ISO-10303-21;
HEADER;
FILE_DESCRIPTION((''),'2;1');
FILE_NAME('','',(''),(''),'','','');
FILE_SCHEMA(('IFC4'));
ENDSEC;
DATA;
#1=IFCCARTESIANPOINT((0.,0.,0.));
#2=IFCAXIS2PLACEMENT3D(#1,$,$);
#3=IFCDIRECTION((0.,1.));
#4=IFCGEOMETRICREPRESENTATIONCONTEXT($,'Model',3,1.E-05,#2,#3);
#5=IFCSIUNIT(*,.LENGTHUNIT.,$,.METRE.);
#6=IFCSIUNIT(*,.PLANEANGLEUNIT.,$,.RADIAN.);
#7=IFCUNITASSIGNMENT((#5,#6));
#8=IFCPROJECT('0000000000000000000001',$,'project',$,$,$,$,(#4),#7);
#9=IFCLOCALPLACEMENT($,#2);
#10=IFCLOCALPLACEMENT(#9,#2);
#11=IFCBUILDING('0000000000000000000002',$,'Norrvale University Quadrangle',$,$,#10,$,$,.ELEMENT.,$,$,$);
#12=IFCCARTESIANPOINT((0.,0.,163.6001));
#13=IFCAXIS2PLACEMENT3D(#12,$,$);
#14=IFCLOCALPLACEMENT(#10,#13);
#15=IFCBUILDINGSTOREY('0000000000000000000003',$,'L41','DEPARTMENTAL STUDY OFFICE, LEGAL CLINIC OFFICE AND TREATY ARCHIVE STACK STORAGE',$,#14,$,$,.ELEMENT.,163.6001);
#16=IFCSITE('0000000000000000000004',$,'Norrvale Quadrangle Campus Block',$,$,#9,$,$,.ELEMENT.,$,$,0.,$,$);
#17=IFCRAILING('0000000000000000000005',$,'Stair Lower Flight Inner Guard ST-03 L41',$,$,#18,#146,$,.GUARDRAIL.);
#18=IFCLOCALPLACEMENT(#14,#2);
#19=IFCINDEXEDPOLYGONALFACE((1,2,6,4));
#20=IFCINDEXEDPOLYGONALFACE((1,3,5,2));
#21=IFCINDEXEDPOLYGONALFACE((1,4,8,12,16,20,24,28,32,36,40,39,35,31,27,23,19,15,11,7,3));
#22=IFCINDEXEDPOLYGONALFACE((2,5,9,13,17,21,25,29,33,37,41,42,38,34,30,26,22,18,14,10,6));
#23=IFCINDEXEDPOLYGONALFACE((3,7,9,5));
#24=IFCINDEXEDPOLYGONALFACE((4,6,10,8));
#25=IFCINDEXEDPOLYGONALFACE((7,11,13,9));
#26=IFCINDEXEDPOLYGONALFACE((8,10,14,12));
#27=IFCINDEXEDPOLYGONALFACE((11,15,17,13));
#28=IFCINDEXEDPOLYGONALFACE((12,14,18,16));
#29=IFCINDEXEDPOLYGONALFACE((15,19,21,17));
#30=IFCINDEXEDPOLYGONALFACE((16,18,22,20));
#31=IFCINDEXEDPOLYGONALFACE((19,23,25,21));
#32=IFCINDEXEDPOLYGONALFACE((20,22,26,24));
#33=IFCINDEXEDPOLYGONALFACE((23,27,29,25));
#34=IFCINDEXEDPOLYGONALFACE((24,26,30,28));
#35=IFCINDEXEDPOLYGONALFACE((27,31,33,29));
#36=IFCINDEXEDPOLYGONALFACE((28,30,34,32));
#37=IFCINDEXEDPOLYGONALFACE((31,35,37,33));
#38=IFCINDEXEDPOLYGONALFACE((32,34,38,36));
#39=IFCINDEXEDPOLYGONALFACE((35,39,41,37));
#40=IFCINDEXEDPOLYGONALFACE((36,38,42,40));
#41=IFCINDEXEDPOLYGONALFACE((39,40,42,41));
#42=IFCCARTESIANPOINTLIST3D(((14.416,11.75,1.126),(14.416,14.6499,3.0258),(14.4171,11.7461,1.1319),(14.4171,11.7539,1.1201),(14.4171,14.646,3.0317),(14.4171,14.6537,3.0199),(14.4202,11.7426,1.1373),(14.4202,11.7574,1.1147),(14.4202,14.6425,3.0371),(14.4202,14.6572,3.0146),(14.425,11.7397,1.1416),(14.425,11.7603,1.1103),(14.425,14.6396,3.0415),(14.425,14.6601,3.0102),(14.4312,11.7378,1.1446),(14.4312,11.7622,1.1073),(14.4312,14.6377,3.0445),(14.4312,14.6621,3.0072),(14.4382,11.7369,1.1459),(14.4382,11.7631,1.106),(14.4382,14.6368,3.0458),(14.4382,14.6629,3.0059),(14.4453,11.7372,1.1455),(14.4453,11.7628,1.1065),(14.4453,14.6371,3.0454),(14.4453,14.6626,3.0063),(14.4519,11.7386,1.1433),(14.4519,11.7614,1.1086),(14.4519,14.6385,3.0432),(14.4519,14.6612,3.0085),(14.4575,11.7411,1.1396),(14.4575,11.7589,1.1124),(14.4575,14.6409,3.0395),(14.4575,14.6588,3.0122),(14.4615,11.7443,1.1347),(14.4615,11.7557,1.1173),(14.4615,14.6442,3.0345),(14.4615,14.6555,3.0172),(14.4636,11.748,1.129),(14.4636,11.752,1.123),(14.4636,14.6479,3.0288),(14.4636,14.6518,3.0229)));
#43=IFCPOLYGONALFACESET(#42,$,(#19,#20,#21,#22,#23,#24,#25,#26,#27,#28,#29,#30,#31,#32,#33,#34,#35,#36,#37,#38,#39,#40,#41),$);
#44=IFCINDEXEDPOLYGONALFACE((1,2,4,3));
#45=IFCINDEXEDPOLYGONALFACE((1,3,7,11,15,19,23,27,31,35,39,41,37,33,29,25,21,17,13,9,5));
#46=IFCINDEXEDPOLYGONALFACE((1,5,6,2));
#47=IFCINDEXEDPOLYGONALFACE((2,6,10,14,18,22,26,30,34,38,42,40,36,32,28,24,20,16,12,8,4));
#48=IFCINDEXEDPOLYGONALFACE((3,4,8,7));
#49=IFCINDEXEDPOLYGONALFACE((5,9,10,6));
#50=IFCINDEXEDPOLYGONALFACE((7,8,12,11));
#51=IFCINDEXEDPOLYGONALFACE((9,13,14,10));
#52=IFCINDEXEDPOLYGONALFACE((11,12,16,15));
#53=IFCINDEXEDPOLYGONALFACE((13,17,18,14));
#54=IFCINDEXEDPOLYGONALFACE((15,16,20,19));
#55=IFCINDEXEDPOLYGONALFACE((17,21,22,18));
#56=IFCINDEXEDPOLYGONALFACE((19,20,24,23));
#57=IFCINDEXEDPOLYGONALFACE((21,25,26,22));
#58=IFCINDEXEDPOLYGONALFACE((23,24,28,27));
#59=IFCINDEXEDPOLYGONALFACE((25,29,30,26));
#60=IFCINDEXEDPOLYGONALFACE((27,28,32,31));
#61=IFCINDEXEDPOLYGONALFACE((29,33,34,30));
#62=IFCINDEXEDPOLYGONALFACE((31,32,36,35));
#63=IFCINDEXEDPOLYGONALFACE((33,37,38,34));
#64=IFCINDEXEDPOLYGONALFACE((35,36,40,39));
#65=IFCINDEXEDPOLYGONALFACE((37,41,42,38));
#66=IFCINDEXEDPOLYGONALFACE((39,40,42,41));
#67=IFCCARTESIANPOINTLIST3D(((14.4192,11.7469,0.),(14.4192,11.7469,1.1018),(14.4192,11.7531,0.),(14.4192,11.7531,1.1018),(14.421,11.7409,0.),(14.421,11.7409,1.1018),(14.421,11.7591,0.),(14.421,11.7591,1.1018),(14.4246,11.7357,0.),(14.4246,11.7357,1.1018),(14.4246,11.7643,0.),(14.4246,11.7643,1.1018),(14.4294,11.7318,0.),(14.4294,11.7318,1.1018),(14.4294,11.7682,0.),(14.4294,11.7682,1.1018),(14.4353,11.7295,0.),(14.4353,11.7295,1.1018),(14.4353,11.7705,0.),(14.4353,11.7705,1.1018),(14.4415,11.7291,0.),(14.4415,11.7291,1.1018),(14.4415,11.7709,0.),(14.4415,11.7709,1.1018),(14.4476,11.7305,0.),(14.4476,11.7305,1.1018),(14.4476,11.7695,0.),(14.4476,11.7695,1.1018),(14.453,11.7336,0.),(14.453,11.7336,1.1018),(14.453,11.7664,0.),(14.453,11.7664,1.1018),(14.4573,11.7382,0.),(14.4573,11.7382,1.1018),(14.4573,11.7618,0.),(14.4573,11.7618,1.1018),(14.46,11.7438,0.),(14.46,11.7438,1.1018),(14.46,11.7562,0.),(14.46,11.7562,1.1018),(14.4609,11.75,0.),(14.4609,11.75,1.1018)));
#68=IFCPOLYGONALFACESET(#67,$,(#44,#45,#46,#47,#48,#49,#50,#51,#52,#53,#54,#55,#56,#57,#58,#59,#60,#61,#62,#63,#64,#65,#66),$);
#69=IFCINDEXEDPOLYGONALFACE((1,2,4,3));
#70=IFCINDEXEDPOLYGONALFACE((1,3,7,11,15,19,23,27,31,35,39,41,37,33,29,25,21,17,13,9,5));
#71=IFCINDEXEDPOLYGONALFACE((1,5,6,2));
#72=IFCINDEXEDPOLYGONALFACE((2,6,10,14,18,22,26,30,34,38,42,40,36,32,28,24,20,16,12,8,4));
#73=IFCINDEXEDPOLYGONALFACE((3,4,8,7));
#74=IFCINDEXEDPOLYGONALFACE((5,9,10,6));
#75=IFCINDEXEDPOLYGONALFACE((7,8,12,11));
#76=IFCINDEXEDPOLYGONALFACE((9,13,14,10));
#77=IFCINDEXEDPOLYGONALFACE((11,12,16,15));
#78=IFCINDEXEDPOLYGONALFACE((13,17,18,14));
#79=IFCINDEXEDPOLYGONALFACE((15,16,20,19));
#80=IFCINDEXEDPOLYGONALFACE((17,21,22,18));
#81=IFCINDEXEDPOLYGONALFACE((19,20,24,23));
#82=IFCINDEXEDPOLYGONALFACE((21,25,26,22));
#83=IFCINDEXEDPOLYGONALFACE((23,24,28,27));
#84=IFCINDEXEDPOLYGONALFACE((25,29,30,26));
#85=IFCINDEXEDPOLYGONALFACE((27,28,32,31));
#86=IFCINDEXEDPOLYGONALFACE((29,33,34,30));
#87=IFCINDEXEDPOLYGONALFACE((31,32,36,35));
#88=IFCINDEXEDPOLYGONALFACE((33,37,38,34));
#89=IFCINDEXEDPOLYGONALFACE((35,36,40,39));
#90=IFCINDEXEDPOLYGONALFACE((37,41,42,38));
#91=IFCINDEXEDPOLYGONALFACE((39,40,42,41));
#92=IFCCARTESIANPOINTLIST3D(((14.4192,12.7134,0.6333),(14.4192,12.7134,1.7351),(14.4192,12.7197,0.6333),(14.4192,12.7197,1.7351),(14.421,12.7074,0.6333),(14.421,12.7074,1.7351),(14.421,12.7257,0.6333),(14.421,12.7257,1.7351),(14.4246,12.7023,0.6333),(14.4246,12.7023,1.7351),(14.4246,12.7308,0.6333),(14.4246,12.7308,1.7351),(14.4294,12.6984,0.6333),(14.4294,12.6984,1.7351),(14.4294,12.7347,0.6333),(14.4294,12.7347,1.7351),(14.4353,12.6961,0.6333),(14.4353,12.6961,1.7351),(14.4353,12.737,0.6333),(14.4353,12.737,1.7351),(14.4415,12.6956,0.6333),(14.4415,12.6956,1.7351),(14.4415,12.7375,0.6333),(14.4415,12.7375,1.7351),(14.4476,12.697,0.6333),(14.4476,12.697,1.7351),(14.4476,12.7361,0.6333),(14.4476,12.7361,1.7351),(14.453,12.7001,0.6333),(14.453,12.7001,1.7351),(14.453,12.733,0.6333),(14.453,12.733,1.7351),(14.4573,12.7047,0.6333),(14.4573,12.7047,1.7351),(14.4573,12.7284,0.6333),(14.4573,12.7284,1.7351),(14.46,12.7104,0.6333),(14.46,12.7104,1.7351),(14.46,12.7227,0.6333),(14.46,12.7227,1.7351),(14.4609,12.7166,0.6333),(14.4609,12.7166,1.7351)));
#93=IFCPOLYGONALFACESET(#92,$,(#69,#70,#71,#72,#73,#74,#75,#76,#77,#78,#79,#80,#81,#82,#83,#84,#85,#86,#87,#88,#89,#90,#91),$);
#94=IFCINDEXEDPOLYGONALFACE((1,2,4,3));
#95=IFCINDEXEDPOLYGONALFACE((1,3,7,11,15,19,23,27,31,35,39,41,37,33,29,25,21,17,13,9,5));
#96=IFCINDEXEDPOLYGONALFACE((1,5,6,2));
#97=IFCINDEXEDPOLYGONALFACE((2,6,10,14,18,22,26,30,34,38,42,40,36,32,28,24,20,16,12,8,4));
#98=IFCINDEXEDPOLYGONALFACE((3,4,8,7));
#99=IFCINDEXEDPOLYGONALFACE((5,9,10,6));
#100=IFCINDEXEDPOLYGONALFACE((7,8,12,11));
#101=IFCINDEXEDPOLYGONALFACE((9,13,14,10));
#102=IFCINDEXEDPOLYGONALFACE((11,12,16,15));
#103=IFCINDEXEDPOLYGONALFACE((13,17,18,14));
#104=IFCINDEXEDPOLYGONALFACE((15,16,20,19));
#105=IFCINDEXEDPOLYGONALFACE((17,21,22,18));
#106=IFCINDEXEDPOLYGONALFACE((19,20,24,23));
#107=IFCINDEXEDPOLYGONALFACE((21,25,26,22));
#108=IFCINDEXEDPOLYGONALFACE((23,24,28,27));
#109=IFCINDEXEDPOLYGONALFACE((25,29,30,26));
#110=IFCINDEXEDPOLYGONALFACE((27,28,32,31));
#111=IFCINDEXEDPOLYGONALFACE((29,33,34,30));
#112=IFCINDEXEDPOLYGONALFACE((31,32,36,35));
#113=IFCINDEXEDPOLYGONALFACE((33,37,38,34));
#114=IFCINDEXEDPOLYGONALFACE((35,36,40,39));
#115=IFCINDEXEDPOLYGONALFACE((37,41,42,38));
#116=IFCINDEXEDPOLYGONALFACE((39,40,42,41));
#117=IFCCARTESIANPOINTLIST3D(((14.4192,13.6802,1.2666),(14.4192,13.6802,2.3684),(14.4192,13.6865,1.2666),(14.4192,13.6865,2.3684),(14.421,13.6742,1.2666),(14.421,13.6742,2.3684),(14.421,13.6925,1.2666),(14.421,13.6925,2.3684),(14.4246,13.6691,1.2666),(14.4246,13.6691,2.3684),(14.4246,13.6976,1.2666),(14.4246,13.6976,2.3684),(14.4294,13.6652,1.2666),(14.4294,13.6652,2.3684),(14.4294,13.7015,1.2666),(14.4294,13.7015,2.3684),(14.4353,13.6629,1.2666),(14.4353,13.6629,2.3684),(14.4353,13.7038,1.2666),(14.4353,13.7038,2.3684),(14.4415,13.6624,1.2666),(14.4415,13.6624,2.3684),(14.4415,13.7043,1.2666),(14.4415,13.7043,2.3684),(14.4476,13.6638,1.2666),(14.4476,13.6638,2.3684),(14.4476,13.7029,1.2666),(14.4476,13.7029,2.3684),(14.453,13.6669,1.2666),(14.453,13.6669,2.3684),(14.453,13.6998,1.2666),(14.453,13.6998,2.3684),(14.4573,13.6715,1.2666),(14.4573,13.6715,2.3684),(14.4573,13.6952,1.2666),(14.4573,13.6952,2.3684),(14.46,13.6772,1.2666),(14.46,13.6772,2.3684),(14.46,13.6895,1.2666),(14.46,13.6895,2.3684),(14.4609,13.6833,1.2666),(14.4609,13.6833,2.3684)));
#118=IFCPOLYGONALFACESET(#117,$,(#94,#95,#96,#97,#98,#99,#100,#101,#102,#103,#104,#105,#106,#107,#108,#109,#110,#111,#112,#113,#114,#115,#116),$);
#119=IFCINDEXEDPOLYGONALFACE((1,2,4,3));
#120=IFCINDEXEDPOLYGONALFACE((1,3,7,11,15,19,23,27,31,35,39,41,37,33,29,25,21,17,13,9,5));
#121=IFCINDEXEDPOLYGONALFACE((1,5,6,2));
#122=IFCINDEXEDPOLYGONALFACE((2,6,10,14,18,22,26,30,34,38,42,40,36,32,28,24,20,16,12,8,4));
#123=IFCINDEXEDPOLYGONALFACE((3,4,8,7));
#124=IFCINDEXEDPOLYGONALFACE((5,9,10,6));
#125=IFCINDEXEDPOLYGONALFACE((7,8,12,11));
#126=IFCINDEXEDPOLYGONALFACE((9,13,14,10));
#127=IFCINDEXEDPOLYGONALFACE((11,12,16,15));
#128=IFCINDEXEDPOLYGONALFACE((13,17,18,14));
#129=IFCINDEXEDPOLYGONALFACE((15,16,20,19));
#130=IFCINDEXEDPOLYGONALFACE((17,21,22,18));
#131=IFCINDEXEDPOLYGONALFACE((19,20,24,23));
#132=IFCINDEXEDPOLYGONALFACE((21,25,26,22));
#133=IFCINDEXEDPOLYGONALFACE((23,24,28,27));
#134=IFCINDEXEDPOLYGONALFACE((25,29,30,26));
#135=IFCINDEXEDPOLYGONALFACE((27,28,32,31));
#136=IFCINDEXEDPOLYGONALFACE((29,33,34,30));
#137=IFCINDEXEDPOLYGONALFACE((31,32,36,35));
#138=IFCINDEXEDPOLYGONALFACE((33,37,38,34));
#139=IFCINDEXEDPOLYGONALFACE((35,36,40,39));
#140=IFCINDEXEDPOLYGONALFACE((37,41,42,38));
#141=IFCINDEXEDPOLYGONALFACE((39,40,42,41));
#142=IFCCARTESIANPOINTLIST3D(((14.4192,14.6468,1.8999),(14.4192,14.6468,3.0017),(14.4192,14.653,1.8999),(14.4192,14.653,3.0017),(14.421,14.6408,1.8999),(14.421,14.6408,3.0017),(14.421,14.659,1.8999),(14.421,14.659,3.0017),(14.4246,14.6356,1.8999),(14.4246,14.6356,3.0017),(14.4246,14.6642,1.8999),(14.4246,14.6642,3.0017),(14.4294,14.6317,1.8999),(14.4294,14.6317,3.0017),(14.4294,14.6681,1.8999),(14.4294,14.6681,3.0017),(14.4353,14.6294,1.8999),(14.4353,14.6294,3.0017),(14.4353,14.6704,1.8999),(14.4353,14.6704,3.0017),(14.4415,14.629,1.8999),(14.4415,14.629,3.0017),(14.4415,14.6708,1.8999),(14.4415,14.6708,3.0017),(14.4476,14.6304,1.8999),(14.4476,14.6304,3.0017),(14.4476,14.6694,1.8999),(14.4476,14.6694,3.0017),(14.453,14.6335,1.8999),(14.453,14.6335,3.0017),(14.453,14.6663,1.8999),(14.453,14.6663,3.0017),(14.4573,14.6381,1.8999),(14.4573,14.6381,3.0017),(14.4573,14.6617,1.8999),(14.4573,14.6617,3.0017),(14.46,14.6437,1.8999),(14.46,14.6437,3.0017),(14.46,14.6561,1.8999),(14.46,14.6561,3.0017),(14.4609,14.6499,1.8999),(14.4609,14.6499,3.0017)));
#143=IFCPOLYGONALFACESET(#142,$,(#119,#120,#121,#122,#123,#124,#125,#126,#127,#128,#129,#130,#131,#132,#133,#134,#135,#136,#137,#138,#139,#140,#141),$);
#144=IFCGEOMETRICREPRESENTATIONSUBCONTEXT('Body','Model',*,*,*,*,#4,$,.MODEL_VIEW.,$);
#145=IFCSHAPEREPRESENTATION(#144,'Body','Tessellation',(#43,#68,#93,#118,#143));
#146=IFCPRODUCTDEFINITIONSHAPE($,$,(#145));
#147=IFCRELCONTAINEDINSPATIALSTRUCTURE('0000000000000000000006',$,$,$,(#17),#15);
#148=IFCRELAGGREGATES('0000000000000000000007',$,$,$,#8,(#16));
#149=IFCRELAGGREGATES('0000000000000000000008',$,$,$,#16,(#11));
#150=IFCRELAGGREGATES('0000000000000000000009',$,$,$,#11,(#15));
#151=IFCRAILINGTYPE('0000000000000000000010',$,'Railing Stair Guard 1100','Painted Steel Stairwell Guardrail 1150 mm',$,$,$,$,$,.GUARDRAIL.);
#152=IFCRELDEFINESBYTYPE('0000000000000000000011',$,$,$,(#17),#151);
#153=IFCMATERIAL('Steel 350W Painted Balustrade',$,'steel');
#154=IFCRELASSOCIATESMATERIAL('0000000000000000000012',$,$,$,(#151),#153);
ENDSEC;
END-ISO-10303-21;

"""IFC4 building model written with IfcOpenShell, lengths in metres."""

from ifc_helpers import new_model, si_unit, direction, frame, origin, origin_2d, place, context, subcontext, project, spatial, circle, extrude, material, type_object, element, save


model = new_model("IFC4")

# Units and contexts
model_context = context("Model", 3, precision=1e-05, world=origin(), true_north=direction((0.0, 1.0)))
body_context = subcontext(model_context, "Body", "Model", "MODEL_VIEW")
ifc_project = project(units=[si_unit("LENGTHUNIT", "METRE"), si_unit("PLANEANGLEUNIT", "RADIAN")], contexts=[model_context])

# Site, building, storey
site_placement = place(None, origin())
site = spatial("IfcSite", under=ifc_project, at=site_placement, Name="Norrvale Quadrangle Campus Block", CompositionType="ELEMENT", RefElevation=0.0)
building_placement = place(site_placement, origin())
building = spatial("IfcBuilding", under=site, at=building_placement, Name="Norrvale University Quadrangle", CompositionType="ELEMENT")
storey_placement = place(building_placement, frame((0.0, 0.0, 163.6001)))
storey = spatial("IfcBuildingStorey", under=building, at=storey_placement, Name="L41", Description="DEPARTMENTAL STUDY OFFICE, LEGAL CLINIC OFFICE AND TREATY ARCHIVE STACK STORAGE", CompositionType="ELEMENT", Elevation=163.6001)

# Railing
ifc_material_1 = material(Name="Steel 350W Painted Balustrade", Category="steel")
railing_type_1 = type_object("IfcRailingType", Name="Railing Stair Guard 1100", Description="Painted Steel Stairwell Guardrail 1150 mm", PredefinedType="GUARDRAIL", material=ifc_material_1)
railing_1_placement = place(storey_placement, frame((14.4399, 11.75, 0.0)))
element("IfcRailing", 1, at=railing_1_placement, inside=storey, type_object=railing_type_1, Name="Stair Lower Flight Inner Guard ST-03 L41", PredefinedType="GUARDRAIL", context=body_context, shape_type="SweptSolid", body=[
    extrude(circle(Radius=0.0239, at=origin_2d()), frame((0.0, 0.0, 1.126), z_axis=(0.0, 0.836466, 0.548019), x_axis=(-1.0, 0.0, 0.0)), (0.0, 0.0, 1.0), 3.4668),
    extrude(circle(Radius=0.021, at=origin_2d()), origin(), (0.0, 0.0, 1.0), 1.1018),
    extrude(circle(Radius=0.021, at=origin_2d()), frame((0.0, 0.9666, 0.6333)), (0.0, 0.0, 1.0), 1.1018),
    extrude(circle(Radius=0.021, at=origin_2d()), frame((0.0, 1.9333, 1.2666)), (0.0, 0.0, 1.0), 1.1018),
    extrude(circle(Radius=0.021, at=origin_2d()), frame((0.0, 2.8999, 1.8999)), (0.0, 0.0, 1.0), 1.1018),
])

save(model, "model.ifc")
